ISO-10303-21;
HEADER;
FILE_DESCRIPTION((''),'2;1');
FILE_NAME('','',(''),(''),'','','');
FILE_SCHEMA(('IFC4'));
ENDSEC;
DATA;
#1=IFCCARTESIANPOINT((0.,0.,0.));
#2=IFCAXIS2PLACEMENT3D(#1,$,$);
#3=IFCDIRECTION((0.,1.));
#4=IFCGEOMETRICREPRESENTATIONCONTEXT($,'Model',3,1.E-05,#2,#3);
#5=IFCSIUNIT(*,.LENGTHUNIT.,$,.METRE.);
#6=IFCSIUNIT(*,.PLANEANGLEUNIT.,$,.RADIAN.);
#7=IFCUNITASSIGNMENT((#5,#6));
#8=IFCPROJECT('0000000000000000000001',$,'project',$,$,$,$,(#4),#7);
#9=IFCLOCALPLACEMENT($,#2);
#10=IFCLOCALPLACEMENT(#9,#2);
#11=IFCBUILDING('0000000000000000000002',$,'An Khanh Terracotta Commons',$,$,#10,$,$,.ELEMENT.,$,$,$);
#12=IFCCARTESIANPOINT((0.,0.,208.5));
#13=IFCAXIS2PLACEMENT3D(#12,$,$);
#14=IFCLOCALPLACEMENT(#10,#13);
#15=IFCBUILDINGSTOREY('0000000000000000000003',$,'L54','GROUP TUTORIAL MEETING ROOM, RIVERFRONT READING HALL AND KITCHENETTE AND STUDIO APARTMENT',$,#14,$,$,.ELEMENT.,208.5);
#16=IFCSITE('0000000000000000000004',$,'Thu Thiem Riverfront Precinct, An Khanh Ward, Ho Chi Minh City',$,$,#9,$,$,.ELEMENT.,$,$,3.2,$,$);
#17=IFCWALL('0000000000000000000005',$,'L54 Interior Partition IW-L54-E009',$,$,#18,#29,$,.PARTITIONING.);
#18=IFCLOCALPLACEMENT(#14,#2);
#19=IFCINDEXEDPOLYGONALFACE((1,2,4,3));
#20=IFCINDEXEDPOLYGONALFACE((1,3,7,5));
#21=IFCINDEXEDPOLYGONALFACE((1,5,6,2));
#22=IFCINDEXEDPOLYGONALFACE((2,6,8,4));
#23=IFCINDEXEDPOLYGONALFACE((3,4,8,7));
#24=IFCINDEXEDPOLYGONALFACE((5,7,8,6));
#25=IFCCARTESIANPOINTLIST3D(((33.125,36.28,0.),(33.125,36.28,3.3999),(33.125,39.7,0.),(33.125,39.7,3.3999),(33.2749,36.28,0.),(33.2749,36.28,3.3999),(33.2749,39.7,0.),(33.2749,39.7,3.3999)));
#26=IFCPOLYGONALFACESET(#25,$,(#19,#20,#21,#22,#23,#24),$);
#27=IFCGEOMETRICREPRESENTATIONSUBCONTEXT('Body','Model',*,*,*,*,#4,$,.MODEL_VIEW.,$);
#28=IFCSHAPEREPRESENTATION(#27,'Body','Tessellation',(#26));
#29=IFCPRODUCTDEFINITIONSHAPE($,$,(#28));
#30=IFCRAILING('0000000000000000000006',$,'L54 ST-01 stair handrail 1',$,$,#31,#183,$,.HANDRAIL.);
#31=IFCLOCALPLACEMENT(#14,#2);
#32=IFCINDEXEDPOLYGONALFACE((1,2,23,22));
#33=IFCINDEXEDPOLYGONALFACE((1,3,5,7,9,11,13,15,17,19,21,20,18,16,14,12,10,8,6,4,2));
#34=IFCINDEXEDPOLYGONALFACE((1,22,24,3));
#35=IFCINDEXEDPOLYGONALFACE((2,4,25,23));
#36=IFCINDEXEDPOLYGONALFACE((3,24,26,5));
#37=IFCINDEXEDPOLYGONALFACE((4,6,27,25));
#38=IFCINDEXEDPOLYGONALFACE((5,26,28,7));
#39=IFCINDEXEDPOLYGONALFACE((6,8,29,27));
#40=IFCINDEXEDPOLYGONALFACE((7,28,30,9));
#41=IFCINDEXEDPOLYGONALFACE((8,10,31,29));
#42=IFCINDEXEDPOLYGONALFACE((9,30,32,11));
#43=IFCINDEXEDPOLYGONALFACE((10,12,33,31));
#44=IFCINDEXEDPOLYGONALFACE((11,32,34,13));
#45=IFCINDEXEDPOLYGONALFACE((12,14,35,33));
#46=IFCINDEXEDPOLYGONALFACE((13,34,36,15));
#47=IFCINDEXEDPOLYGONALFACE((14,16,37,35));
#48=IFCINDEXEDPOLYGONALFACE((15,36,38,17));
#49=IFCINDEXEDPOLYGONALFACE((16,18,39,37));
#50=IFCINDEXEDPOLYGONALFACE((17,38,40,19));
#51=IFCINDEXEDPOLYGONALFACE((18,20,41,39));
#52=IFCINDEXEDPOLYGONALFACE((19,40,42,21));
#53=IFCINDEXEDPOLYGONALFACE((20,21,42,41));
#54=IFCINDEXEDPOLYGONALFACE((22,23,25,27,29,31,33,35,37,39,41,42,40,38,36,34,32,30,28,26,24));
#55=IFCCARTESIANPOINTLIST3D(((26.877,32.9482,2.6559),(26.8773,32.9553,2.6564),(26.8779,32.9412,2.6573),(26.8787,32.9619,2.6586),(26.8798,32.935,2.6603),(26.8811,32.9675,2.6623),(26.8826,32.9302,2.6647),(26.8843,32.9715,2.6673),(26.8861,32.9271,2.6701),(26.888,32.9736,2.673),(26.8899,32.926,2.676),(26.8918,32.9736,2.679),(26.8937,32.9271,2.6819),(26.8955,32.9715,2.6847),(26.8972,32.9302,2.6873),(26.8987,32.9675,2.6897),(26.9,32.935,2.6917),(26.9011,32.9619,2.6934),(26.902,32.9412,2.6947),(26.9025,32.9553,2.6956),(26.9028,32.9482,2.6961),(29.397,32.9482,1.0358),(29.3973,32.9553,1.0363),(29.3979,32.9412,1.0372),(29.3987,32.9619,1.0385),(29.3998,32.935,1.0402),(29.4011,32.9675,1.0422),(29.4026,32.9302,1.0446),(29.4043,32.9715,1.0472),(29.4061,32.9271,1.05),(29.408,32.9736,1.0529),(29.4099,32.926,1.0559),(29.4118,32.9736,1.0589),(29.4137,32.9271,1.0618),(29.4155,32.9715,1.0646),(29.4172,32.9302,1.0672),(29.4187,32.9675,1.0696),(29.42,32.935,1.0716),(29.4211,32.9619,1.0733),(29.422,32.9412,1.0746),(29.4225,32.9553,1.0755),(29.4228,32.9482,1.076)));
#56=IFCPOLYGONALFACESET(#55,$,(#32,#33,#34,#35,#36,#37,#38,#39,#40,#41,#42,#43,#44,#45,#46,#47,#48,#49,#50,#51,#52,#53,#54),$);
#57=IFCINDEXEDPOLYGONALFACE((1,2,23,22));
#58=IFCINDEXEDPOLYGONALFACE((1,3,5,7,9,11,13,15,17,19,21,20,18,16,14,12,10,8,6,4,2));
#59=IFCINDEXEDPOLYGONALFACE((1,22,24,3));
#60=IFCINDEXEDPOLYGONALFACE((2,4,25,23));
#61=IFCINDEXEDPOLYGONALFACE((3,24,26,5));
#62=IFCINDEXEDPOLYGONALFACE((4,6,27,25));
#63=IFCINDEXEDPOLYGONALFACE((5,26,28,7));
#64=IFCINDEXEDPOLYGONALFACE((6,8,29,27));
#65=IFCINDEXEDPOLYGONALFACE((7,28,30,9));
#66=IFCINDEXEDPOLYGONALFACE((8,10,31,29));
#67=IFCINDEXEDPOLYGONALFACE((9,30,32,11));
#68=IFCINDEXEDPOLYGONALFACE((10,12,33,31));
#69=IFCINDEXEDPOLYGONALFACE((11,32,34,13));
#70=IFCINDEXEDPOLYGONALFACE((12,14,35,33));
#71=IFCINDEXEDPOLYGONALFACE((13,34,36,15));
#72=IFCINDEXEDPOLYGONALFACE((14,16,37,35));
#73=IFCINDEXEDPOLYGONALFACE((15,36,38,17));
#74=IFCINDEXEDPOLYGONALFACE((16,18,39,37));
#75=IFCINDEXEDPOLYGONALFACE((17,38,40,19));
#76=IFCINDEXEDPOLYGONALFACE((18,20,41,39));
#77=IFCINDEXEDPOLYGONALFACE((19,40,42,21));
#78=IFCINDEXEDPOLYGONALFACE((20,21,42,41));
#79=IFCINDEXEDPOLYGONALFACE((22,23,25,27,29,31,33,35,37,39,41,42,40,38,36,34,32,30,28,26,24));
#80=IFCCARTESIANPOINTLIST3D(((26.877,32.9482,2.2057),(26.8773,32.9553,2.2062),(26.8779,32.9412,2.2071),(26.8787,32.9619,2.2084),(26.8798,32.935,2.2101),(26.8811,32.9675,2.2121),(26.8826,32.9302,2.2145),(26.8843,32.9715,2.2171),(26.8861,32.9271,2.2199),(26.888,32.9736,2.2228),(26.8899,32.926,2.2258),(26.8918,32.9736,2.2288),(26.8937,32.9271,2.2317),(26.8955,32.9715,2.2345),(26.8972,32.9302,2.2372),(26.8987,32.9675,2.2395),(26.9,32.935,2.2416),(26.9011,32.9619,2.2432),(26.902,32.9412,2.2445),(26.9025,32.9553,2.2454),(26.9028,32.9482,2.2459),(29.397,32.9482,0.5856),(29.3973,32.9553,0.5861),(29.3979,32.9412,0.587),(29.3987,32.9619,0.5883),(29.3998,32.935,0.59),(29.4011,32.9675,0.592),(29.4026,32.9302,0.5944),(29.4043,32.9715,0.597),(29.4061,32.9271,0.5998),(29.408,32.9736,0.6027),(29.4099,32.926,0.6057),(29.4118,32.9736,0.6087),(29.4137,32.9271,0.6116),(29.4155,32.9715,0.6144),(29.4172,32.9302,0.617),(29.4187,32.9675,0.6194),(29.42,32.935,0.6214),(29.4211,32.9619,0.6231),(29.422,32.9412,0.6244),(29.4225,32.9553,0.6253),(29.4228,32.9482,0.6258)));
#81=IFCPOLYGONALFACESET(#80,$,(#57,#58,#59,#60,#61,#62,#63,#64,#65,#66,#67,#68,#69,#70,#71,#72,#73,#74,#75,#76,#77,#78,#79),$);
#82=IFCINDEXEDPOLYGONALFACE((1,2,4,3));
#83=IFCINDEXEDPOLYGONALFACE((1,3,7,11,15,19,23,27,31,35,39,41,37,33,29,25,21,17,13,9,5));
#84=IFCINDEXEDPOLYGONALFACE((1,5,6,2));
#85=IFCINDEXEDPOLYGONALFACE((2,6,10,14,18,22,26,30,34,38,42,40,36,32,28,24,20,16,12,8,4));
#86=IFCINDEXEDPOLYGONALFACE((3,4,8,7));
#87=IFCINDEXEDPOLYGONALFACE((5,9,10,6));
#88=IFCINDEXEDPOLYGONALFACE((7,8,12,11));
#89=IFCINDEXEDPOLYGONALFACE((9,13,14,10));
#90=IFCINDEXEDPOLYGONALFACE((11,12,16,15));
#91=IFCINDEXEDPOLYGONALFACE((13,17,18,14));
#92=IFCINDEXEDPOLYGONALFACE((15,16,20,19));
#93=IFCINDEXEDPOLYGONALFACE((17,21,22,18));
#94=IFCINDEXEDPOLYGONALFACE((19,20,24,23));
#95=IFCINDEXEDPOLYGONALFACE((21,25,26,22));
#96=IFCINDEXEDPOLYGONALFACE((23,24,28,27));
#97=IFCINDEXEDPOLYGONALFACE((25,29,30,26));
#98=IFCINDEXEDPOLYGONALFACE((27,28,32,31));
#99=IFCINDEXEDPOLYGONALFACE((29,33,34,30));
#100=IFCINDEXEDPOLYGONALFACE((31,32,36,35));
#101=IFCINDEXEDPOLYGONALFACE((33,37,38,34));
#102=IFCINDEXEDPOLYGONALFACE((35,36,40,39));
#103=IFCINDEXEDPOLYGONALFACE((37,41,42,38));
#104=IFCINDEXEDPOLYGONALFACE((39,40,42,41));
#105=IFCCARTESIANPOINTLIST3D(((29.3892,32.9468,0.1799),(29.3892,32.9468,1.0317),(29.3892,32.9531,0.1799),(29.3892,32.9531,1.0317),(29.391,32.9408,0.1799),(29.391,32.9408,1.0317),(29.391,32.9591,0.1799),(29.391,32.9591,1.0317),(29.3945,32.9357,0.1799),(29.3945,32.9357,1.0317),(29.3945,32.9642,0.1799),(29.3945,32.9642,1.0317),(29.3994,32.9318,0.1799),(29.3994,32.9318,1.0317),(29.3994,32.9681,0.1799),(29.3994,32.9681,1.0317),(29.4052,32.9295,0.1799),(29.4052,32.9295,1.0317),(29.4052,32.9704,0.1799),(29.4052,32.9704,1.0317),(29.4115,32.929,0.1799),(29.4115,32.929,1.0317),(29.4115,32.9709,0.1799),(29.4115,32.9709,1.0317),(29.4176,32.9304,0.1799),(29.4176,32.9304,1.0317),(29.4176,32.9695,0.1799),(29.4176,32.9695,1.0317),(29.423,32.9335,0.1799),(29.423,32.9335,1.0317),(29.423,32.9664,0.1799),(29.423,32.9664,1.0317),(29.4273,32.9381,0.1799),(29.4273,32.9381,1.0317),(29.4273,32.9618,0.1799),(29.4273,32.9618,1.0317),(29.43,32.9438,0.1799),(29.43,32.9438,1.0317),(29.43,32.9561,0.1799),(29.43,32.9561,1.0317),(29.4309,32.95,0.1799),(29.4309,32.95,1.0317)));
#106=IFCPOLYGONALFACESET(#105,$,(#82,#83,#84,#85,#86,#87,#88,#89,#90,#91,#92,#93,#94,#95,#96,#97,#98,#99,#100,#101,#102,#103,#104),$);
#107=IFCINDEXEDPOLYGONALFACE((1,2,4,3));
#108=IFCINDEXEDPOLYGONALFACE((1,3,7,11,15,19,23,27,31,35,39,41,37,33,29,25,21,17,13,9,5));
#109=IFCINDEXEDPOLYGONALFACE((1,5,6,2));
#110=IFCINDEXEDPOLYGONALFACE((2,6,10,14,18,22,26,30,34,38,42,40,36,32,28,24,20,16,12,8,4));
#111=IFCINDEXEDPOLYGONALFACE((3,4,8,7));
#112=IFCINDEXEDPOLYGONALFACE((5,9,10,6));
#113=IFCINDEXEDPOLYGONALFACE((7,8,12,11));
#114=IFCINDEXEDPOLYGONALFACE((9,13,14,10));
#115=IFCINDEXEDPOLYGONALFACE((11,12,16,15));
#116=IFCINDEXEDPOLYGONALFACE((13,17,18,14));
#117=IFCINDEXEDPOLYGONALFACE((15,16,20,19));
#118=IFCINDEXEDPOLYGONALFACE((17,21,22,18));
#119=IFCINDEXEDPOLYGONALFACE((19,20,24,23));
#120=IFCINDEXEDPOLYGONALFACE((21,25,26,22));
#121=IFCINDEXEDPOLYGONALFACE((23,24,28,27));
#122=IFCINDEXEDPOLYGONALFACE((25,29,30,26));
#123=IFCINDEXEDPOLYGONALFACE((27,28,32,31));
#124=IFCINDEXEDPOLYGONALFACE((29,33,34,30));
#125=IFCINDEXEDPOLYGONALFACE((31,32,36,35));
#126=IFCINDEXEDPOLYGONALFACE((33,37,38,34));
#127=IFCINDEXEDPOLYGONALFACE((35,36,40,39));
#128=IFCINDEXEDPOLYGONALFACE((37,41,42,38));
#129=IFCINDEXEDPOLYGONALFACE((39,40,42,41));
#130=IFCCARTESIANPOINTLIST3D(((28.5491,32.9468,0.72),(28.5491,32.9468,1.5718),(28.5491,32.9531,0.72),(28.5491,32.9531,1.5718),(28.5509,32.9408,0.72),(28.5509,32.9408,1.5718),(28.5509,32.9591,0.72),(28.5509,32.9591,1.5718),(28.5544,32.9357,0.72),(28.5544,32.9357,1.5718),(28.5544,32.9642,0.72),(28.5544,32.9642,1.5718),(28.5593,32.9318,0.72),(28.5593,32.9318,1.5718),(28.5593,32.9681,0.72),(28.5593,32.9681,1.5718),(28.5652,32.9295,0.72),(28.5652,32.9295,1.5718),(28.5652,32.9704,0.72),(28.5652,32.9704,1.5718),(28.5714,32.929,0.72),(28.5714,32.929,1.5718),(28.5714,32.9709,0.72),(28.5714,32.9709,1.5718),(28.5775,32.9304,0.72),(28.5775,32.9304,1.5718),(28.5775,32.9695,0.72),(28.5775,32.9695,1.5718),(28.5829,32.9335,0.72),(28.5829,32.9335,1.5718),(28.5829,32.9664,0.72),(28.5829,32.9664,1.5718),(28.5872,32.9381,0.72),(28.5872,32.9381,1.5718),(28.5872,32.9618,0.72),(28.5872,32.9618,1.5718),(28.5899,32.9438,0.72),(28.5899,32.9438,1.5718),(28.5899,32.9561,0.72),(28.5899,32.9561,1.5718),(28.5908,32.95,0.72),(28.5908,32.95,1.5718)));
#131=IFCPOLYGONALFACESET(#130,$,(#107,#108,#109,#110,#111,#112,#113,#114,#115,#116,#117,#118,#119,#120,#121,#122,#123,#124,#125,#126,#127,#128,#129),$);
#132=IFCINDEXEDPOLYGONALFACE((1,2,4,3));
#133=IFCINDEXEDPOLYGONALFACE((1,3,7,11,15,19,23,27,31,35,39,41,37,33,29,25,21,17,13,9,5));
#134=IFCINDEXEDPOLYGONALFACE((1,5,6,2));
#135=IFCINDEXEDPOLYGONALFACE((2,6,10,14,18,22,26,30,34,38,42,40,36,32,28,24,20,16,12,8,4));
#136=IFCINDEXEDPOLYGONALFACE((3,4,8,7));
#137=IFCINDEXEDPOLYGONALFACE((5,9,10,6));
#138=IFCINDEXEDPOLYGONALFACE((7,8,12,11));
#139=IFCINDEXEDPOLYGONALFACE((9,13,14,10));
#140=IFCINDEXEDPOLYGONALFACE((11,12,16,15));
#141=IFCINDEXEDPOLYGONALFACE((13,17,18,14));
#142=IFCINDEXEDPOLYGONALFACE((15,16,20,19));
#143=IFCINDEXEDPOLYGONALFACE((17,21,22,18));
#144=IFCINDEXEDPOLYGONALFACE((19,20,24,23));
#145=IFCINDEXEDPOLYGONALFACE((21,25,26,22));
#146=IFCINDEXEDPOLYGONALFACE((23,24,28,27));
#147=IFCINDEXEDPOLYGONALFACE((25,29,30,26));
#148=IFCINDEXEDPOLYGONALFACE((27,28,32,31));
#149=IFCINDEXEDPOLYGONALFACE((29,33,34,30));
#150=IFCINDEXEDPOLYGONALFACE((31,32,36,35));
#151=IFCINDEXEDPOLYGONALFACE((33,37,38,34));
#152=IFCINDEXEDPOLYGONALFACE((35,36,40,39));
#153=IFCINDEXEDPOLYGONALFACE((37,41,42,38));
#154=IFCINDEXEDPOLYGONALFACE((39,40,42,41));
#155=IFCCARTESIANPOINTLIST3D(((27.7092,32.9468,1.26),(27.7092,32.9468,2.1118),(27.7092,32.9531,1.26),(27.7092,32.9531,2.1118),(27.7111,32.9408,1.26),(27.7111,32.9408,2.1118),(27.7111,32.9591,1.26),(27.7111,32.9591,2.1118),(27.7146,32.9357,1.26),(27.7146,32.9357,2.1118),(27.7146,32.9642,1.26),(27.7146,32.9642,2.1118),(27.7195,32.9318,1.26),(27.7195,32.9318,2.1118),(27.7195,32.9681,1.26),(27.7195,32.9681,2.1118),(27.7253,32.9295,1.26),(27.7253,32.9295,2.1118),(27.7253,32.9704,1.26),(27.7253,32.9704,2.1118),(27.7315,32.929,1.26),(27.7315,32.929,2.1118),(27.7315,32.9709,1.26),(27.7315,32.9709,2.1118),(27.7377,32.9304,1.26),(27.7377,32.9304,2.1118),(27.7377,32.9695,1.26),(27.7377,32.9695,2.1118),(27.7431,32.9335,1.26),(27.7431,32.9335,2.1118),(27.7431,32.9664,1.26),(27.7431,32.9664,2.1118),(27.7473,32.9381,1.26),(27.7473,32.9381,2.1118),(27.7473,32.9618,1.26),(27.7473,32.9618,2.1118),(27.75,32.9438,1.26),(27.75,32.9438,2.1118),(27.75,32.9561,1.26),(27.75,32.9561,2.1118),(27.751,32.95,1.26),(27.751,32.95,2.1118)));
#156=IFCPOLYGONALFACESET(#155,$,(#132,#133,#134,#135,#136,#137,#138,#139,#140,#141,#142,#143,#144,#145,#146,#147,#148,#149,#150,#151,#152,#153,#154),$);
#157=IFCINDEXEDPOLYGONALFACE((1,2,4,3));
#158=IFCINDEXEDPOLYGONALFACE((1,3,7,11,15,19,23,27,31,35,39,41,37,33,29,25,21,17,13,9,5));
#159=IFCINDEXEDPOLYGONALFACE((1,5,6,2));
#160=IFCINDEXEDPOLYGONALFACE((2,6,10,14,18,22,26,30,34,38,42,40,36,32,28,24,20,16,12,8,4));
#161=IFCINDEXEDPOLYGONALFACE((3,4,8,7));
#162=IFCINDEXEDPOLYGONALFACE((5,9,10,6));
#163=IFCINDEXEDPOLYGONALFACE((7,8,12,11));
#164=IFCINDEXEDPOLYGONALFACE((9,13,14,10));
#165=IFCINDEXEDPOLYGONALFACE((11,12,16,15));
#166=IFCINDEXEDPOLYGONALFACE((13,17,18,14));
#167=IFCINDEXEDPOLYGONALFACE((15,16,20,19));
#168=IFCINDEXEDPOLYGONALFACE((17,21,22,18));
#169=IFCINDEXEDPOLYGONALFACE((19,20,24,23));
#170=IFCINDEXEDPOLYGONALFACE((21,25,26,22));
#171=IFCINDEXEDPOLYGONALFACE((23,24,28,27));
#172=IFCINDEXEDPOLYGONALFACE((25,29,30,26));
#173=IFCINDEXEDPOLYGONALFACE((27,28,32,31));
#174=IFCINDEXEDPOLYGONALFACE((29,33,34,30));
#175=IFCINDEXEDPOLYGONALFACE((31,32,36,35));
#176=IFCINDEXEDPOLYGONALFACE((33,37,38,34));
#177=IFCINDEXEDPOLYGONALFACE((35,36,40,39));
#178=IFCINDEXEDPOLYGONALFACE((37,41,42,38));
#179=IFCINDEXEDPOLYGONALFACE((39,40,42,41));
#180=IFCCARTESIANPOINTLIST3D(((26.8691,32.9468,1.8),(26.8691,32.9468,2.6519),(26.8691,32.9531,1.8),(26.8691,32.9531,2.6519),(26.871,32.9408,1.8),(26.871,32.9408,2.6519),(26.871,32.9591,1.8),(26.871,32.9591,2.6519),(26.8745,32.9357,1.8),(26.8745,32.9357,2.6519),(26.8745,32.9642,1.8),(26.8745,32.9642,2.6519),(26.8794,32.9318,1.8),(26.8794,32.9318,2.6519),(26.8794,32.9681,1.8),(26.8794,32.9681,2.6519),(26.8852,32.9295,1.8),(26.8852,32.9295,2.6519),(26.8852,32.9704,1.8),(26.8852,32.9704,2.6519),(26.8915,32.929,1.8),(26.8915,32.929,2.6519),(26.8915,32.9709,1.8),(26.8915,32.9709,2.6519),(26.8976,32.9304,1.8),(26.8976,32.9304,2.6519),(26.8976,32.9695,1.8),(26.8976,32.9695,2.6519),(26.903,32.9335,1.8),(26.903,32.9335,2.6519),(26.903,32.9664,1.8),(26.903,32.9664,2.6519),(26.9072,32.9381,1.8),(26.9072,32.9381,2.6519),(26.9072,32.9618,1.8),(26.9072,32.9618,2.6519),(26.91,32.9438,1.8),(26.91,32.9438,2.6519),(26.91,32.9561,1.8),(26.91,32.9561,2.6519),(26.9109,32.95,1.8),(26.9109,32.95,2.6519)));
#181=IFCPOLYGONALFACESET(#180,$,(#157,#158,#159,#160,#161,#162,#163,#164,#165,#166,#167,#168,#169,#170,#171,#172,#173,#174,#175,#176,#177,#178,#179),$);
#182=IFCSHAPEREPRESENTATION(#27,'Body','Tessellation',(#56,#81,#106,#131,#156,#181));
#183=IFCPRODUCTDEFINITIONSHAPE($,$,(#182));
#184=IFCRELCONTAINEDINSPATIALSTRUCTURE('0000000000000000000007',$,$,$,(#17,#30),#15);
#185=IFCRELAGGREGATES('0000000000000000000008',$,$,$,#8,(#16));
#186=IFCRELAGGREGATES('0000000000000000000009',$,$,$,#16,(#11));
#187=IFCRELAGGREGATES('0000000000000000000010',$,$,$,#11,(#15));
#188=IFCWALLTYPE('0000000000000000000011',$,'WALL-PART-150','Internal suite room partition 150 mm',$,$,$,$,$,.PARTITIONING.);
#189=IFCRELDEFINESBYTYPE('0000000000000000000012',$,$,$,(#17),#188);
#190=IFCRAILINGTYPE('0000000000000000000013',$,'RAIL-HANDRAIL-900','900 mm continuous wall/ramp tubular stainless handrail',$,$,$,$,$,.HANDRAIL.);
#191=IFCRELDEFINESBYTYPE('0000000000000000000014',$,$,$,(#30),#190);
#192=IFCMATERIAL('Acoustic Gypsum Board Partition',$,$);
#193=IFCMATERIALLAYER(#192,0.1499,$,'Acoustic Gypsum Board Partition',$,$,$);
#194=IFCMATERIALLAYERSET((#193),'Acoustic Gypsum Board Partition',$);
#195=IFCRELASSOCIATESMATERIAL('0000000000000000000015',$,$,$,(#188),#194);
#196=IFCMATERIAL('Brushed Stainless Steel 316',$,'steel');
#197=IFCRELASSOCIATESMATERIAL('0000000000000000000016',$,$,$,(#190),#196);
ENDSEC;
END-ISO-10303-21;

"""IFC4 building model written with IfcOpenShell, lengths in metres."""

from ifc_helpers import new_model, si_unit, direction, frame, frame_2d, origin, origin_2d, place, context, subcontext, project, spatial, rectangle, circle, extrude, material, layer, layer_set, type_object, element, save


model = new_model("IFC4")

# Units and contexts
model_context = context("Model", 3, precision=1e-05, world=origin(), true_north=direction((0.0, 1.0)))
body_context = subcontext(model_context, "Body", "Model", "MODEL_VIEW")
ifc_project = project(units=[si_unit("LENGTHUNIT", "METRE"), si_unit("PLANEANGLEUNIT", "RADIAN")], contexts=[model_context])

# Site, building, storey
site_placement = place(None, origin())
site = spatial("IfcSite", under=ifc_project, at=site_placement, Name="Thu Thiem Riverfront Precinct, An Khanh Ward, Ho Chi Minh City", CompositionType="ELEMENT", RefElevation=3.2)
building_placement = place(site_placement, origin())
building = spatial("IfcBuilding", under=site, at=building_placement, Name="An Khanh Terracotta Commons", CompositionType="ELEMENT")
storey_placement = place(building_placement, frame((0.0, 0.0, 208.5)))
storey = spatial("IfcBuildingStorey", under=building, at=storey_placement, Name="L54", Description="GROUP TUTORIAL MEETING ROOM, RIVERFRONT READING HALL AND KITCHENETTE AND STUDIO APARTMENT", CompositionType="ELEMENT", Elevation=208.5)

# Wall
ifc_material_1 = material(Name="Acoustic Gypsum Board Partition")
ifc_layer_1 = layer(ifc_material_1, 0.1499, Name="Acoustic Gypsum Board Partition")
ifc_layer_set_1 = layer_set([ifc_layer_1], Name="Acoustic Gypsum Board Partition")
wall_type_1 = type_object("IfcWallType", Name="WALL-PART-150", Description="Internal suite room partition 150 mm", PredefinedType="PARTITIONING", material=ifc_layer_set_1)
wall_1_placement = place(storey_placement, frame((33.2, 36.28, 0.0), z_axis=(0.0, 0.0, 1.0), x_axis=(0.0, 1.0, 0.0)))
element("IfcWall", 1, at=wall_1_placement, inside=storey, type_object=wall_type_1, Name="L54 Interior Partition IW-L54-E009", PredefinedType="PARTITIONING", context=body_context, shape_type="SweptSolid", body=[
    extrude(rectangle(XDim=3.4199, YDim=0.1499, at=frame_2d((1.71, 0.0))), origin(), (0.0, 0.0, 1.0), 3.3999),
])

# Railing
ifc_material_2 = material(Name="Brushed Stainless Steel 316", Category="steel")
railing_type_1 = type_object("IfcRailingType", Name="RAIL-HANDRAIL-900", Description="900 mm continuous wall/ramp tubular stainless handrail", PredefinedType="HANDRAIL", material=ifc_material_2)
railing_1_placement = place(storey_placement, frame((29.4099, 32.95, 0.1799)))
element("IfcRailing", 2, at=railing_1_placement, inside=storey, type_object=railing_type_1, Name="L54 ST-01 stair handrail 1", PredefinedType="HANDRAIL", context=body_context, shape_type="SweptSolid", body=[
    extrude(circle(Radius=0.0239, at=origin_2d()), frame((0.0, 0.0, 0.876), z_axis=(-0.841163, 0.0, 0.540782), x_axis=(0.0, -1.0, 0.0)), (0.0, 0.0, 1.0), 2.9958),
    extrude(circle(Radius=0.0239, at=origin_2d()), frame((0.0, 0.0, 0.4258), z_axis=(-0.841163, 0.0, 0.540782), x_axis=(0.0, -1.0, 0.0)), (0.0, 0.0, 1.0), 2.9958),
    extrude(circle(Radius=0.021, at=origin_2d()), origin(), (0.0, 0.0, 1.0), 0.8518),
    extrude(circle(Radius=0.021, at=origin_2d()), frame((-0.8401, 0.0, 0.54)), (0.0, 0.0, 1.0), 0.8518),
    extrude(circle(Radius=0.021, at=origin_2d()), frame((-1.6799, 0.0, 1.0801)), (0.0, 0.0, 1.0), 0.8518),
    extrude(circle(Radius=0.021, at=origin_2d()), frame((-2.52, 0.0, 1.6201)), (0.0, 0.0, 1.0), 0.8518),
])

save(model, "model.ifc")
